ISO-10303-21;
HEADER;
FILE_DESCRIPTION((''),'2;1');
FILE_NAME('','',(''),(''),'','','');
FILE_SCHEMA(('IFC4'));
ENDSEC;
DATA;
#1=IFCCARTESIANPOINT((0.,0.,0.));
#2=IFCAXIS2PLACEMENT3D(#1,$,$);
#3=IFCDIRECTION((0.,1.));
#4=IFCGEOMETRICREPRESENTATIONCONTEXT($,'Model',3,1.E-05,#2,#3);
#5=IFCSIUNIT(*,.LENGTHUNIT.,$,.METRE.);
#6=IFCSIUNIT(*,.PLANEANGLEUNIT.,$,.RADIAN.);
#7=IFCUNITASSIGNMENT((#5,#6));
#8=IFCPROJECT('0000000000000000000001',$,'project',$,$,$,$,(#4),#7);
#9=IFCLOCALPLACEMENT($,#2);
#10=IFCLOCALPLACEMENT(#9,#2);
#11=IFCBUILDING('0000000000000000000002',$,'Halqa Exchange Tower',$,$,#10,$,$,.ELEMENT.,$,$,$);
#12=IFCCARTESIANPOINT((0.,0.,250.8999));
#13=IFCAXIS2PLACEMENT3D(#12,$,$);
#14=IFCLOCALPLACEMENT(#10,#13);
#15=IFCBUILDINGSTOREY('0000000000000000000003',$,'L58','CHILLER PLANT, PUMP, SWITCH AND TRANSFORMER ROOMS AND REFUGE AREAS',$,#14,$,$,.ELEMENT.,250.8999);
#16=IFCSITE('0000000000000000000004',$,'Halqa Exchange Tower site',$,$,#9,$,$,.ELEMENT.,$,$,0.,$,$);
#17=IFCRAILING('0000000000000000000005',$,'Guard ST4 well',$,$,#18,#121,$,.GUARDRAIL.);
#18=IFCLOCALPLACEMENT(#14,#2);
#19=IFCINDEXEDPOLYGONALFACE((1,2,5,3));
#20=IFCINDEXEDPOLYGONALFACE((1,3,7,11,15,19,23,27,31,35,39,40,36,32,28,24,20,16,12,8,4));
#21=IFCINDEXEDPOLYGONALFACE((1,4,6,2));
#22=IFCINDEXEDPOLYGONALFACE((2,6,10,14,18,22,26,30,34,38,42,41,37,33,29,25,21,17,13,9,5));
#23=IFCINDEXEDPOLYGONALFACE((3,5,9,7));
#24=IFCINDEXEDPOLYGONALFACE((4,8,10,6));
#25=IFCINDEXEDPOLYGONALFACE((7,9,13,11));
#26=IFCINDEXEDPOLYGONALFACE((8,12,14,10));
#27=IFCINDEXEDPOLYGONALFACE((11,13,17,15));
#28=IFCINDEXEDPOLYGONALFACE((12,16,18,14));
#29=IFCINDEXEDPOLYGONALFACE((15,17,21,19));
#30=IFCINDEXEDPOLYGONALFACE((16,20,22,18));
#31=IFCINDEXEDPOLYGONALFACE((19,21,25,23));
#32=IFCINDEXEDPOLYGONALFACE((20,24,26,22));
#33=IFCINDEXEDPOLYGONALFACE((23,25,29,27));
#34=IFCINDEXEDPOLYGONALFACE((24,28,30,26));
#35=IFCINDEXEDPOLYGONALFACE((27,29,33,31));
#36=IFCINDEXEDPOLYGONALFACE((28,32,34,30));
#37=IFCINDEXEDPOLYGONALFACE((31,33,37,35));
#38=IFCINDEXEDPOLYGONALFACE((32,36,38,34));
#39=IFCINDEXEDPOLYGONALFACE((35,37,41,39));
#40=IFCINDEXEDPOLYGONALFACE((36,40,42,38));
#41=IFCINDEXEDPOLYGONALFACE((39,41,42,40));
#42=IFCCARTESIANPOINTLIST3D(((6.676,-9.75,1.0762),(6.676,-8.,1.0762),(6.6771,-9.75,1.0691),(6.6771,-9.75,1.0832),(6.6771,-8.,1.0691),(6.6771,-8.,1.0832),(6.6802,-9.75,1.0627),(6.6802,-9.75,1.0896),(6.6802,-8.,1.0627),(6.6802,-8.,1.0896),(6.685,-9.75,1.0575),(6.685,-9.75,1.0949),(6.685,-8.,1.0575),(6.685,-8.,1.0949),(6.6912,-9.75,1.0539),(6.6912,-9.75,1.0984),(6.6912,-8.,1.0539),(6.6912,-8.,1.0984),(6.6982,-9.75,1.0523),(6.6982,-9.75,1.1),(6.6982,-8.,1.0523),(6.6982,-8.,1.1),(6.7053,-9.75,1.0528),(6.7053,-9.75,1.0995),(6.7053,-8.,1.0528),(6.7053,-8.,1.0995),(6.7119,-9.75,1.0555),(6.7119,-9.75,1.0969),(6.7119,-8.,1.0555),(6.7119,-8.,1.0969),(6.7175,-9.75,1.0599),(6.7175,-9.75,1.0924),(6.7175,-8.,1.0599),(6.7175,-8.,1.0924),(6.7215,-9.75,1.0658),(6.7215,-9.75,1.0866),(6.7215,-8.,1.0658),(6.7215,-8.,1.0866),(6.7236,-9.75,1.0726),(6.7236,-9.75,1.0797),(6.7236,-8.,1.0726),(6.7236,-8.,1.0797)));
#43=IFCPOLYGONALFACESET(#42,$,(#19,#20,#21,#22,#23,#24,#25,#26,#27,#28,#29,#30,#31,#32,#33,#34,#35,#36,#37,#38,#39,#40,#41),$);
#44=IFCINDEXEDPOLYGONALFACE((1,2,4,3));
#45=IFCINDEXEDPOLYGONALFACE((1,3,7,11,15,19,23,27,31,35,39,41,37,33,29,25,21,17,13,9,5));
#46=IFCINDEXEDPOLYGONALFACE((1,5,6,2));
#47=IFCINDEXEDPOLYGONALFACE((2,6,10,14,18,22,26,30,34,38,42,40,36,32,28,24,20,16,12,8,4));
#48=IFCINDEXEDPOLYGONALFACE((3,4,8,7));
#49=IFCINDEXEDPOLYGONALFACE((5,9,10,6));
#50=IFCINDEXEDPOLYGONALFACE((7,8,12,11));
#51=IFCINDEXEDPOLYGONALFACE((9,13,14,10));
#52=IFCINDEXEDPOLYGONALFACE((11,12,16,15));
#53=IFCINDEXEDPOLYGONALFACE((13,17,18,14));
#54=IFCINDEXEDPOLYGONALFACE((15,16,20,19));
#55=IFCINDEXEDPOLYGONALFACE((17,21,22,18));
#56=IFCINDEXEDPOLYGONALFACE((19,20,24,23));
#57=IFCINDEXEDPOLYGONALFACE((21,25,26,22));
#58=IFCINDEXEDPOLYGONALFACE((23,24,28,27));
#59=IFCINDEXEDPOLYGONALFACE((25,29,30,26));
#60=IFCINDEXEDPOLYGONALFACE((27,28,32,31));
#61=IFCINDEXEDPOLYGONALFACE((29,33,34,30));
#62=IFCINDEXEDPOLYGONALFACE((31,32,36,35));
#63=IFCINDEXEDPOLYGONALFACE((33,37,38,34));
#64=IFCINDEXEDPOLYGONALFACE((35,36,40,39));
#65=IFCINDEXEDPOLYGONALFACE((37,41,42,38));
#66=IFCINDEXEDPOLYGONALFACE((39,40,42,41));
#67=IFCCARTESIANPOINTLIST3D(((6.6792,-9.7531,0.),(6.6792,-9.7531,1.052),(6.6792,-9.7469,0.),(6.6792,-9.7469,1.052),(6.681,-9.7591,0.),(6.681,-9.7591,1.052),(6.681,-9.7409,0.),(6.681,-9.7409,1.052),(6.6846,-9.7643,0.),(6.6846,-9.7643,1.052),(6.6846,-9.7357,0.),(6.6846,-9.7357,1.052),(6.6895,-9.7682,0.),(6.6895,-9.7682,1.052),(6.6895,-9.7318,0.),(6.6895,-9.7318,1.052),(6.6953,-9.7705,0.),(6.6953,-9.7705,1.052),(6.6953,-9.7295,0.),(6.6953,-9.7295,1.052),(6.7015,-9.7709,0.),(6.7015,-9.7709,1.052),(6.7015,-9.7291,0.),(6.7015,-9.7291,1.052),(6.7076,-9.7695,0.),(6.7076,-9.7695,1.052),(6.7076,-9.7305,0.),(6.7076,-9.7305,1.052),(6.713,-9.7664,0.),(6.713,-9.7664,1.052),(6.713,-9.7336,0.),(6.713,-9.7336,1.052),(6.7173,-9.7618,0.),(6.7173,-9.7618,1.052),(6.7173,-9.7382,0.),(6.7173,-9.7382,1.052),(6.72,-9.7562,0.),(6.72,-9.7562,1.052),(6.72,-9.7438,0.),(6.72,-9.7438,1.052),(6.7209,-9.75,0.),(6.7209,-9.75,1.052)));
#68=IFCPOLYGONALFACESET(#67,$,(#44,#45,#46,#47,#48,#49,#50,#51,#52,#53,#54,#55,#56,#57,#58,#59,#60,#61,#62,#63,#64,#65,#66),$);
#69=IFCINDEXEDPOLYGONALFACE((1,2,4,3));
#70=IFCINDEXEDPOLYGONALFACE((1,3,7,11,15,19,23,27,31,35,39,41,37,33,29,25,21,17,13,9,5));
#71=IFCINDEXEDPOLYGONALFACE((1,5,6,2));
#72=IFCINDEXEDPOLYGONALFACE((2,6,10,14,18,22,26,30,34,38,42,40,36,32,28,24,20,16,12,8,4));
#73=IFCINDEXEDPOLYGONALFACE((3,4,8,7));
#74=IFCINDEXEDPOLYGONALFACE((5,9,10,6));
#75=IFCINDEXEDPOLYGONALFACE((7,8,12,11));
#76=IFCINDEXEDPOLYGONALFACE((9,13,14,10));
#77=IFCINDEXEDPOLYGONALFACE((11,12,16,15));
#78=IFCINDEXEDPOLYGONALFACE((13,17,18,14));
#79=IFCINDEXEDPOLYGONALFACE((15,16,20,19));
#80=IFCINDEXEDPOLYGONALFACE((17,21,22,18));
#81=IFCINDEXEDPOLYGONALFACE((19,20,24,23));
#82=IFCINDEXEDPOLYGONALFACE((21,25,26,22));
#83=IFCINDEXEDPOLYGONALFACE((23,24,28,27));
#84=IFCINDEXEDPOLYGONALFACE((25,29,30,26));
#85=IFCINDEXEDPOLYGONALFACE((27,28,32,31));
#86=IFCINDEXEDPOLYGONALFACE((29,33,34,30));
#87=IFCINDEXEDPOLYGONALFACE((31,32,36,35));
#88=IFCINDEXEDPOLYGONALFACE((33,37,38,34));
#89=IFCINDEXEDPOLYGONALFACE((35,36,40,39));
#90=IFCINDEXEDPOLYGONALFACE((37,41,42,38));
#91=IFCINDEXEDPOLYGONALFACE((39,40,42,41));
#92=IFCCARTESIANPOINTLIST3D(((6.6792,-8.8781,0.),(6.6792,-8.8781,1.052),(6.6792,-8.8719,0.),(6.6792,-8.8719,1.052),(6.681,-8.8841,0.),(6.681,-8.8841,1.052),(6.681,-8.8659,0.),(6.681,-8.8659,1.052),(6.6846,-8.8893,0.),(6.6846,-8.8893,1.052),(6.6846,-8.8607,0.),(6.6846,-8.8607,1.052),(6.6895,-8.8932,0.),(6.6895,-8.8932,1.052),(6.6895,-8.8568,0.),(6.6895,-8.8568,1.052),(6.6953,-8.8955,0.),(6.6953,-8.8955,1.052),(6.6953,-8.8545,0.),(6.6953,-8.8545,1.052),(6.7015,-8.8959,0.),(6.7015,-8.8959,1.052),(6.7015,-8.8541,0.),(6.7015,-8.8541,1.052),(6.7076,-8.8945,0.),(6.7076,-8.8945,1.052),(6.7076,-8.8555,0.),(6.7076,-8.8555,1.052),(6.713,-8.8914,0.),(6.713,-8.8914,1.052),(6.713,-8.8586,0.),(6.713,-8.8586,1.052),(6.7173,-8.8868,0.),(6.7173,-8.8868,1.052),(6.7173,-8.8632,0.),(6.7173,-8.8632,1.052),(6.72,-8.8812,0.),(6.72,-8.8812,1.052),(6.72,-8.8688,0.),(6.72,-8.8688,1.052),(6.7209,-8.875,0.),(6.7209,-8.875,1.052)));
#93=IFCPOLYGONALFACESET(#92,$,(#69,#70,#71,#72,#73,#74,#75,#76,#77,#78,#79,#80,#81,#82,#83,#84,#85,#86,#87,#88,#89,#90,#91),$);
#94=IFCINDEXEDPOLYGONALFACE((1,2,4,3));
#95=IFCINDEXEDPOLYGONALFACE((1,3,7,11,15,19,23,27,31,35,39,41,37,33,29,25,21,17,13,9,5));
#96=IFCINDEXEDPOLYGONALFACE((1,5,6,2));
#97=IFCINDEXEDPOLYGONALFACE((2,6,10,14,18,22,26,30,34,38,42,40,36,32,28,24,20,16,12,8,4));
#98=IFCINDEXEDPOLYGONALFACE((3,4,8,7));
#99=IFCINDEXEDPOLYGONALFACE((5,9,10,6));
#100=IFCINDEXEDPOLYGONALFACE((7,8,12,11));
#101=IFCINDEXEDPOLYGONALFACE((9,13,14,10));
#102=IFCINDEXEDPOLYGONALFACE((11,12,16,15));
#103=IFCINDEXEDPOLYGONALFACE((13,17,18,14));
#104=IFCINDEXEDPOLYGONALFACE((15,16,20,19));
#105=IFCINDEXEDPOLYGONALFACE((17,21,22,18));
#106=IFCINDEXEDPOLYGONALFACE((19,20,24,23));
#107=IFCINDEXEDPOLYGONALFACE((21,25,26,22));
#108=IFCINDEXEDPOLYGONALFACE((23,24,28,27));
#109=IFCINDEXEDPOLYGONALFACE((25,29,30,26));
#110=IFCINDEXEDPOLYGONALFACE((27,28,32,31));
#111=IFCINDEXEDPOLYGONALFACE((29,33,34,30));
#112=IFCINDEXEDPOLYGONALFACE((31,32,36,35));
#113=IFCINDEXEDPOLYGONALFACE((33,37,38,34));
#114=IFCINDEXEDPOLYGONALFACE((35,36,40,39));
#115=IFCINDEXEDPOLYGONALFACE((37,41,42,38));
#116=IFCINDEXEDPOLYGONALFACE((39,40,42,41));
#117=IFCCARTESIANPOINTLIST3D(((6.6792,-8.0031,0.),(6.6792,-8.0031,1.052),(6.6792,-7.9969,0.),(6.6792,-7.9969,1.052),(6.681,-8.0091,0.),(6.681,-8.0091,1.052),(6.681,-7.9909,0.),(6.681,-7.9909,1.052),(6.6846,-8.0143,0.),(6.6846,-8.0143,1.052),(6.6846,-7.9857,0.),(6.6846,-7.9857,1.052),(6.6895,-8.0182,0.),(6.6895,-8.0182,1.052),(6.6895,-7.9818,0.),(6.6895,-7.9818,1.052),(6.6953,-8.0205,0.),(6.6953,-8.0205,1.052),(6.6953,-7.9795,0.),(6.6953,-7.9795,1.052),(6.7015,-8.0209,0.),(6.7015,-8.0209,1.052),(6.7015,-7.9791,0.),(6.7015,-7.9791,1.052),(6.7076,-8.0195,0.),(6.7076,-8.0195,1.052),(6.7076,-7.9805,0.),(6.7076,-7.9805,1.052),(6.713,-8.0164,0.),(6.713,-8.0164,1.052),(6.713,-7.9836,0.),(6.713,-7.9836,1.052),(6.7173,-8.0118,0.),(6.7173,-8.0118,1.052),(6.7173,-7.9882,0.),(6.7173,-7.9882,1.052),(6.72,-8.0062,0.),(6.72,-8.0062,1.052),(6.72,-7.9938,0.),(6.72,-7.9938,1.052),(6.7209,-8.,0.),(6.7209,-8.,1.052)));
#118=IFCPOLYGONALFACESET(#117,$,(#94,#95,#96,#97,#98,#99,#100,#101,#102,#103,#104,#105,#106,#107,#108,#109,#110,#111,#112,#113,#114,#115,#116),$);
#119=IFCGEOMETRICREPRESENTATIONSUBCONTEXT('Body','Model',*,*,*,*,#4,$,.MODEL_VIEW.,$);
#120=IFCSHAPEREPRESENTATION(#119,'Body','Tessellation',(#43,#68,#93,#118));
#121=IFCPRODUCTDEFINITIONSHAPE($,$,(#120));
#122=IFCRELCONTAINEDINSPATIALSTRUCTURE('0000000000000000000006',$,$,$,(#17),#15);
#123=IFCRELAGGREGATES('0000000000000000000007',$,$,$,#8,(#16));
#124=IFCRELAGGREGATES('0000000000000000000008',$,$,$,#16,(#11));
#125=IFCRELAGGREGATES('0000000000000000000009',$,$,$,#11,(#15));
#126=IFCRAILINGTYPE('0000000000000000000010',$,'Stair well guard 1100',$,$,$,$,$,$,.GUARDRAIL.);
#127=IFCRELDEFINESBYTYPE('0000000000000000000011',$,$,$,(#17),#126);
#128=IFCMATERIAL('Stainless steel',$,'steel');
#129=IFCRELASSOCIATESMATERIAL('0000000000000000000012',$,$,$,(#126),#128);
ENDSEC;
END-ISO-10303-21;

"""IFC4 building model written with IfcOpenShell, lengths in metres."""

from ifc_helpers import new_model, si_unit, direction, frame, origin, origin_2d, place, context, subcontext, project, spatial, circle, extrude, material, type_object, element, save


model = new_model("IFC4")

# Units and contexts
model_context = context("Model", 3, precision=1e-05, world=origin(), true_north=direction((0.0, 1.0)))
body_context = subcontext(model_context, "Body", "Model", "MODEL_VIEW")
ifc_project = project(units=[si_unit("LENGTHUNIT", "METRE"), si_unit("PLANEANGLEUNIT", "RADIAN")], contexts=[model_context])

# Site, building, storey
site_placement = place(None, origin())
site = spatial("IfcSite", under=ifc_project, at=site_placement, Name="Halqa Exchange Tower site", CompositionType="ELEMENT", RefElevation=0.0)
building_placement = place(site_placement, origin())
building = spatial("IfcBuilding", under=site, at=building_placement, Name="Halqa Exchange Tower", CompositionType="ELEMENT")
storey_placement = place(building_placement, frame((0.0, 0.0, 250.8999)))
storey = spatial("IfcBuildingStorey", under=building, at=storey_placement, Name="L58", Description="CHILLER PLANT, PUMP, SWITCH AND TRANSFORMER ROOMS AND REFUGE AREAS", CompositionType="ELEMENT", Elevation=250.8999)

# Railing
ifc_material_1 = material(Name="Stainless steel", Category="steel")
railing_type_1 = type_object("IfcRailingType", Name="Stair well guard 1100", PredefinedType="GUARDRAIL", material=ifc_material_1)
railing_1_placement = place(storey_placement, frame((6.7, -9.75, 0.0)))
element("IfcRailing", 1, at=railing_1_placement, inside=storey, type_object=railing_type_1, Name="Guard ST4 well", PredefinedType="GUARDRAIL", context=body_context, shape_type="SweptSolid", body=[
    extrude(circle(Radius=0.0239, at=origin_2d()), frame((0.0, 0.0, 1.0762), z_axis=(0.0, 1.0, 0.0), x_axis=(-1.0, 0.0, 0.0)), (0.0, 0.0, 1.0), 1.75),
    extrude(circle(Radius=0.021, at=origin_2d()), origin(), (0.0, 0.0, 1.0), 1.052),
    extrude(circle(Radius=0.021, at=origin_2d()), frame((0.0, 0.875, 0.0)), (0.0, 0.0, 1.0), 1.052),
    extrude(circle(Radius=0.021, at=origin_2d()), frame((0.0, 1.75, 0.0)), (0.0, 0.0, 1.0), 1.052),
])

save(model, "model.ifc")
